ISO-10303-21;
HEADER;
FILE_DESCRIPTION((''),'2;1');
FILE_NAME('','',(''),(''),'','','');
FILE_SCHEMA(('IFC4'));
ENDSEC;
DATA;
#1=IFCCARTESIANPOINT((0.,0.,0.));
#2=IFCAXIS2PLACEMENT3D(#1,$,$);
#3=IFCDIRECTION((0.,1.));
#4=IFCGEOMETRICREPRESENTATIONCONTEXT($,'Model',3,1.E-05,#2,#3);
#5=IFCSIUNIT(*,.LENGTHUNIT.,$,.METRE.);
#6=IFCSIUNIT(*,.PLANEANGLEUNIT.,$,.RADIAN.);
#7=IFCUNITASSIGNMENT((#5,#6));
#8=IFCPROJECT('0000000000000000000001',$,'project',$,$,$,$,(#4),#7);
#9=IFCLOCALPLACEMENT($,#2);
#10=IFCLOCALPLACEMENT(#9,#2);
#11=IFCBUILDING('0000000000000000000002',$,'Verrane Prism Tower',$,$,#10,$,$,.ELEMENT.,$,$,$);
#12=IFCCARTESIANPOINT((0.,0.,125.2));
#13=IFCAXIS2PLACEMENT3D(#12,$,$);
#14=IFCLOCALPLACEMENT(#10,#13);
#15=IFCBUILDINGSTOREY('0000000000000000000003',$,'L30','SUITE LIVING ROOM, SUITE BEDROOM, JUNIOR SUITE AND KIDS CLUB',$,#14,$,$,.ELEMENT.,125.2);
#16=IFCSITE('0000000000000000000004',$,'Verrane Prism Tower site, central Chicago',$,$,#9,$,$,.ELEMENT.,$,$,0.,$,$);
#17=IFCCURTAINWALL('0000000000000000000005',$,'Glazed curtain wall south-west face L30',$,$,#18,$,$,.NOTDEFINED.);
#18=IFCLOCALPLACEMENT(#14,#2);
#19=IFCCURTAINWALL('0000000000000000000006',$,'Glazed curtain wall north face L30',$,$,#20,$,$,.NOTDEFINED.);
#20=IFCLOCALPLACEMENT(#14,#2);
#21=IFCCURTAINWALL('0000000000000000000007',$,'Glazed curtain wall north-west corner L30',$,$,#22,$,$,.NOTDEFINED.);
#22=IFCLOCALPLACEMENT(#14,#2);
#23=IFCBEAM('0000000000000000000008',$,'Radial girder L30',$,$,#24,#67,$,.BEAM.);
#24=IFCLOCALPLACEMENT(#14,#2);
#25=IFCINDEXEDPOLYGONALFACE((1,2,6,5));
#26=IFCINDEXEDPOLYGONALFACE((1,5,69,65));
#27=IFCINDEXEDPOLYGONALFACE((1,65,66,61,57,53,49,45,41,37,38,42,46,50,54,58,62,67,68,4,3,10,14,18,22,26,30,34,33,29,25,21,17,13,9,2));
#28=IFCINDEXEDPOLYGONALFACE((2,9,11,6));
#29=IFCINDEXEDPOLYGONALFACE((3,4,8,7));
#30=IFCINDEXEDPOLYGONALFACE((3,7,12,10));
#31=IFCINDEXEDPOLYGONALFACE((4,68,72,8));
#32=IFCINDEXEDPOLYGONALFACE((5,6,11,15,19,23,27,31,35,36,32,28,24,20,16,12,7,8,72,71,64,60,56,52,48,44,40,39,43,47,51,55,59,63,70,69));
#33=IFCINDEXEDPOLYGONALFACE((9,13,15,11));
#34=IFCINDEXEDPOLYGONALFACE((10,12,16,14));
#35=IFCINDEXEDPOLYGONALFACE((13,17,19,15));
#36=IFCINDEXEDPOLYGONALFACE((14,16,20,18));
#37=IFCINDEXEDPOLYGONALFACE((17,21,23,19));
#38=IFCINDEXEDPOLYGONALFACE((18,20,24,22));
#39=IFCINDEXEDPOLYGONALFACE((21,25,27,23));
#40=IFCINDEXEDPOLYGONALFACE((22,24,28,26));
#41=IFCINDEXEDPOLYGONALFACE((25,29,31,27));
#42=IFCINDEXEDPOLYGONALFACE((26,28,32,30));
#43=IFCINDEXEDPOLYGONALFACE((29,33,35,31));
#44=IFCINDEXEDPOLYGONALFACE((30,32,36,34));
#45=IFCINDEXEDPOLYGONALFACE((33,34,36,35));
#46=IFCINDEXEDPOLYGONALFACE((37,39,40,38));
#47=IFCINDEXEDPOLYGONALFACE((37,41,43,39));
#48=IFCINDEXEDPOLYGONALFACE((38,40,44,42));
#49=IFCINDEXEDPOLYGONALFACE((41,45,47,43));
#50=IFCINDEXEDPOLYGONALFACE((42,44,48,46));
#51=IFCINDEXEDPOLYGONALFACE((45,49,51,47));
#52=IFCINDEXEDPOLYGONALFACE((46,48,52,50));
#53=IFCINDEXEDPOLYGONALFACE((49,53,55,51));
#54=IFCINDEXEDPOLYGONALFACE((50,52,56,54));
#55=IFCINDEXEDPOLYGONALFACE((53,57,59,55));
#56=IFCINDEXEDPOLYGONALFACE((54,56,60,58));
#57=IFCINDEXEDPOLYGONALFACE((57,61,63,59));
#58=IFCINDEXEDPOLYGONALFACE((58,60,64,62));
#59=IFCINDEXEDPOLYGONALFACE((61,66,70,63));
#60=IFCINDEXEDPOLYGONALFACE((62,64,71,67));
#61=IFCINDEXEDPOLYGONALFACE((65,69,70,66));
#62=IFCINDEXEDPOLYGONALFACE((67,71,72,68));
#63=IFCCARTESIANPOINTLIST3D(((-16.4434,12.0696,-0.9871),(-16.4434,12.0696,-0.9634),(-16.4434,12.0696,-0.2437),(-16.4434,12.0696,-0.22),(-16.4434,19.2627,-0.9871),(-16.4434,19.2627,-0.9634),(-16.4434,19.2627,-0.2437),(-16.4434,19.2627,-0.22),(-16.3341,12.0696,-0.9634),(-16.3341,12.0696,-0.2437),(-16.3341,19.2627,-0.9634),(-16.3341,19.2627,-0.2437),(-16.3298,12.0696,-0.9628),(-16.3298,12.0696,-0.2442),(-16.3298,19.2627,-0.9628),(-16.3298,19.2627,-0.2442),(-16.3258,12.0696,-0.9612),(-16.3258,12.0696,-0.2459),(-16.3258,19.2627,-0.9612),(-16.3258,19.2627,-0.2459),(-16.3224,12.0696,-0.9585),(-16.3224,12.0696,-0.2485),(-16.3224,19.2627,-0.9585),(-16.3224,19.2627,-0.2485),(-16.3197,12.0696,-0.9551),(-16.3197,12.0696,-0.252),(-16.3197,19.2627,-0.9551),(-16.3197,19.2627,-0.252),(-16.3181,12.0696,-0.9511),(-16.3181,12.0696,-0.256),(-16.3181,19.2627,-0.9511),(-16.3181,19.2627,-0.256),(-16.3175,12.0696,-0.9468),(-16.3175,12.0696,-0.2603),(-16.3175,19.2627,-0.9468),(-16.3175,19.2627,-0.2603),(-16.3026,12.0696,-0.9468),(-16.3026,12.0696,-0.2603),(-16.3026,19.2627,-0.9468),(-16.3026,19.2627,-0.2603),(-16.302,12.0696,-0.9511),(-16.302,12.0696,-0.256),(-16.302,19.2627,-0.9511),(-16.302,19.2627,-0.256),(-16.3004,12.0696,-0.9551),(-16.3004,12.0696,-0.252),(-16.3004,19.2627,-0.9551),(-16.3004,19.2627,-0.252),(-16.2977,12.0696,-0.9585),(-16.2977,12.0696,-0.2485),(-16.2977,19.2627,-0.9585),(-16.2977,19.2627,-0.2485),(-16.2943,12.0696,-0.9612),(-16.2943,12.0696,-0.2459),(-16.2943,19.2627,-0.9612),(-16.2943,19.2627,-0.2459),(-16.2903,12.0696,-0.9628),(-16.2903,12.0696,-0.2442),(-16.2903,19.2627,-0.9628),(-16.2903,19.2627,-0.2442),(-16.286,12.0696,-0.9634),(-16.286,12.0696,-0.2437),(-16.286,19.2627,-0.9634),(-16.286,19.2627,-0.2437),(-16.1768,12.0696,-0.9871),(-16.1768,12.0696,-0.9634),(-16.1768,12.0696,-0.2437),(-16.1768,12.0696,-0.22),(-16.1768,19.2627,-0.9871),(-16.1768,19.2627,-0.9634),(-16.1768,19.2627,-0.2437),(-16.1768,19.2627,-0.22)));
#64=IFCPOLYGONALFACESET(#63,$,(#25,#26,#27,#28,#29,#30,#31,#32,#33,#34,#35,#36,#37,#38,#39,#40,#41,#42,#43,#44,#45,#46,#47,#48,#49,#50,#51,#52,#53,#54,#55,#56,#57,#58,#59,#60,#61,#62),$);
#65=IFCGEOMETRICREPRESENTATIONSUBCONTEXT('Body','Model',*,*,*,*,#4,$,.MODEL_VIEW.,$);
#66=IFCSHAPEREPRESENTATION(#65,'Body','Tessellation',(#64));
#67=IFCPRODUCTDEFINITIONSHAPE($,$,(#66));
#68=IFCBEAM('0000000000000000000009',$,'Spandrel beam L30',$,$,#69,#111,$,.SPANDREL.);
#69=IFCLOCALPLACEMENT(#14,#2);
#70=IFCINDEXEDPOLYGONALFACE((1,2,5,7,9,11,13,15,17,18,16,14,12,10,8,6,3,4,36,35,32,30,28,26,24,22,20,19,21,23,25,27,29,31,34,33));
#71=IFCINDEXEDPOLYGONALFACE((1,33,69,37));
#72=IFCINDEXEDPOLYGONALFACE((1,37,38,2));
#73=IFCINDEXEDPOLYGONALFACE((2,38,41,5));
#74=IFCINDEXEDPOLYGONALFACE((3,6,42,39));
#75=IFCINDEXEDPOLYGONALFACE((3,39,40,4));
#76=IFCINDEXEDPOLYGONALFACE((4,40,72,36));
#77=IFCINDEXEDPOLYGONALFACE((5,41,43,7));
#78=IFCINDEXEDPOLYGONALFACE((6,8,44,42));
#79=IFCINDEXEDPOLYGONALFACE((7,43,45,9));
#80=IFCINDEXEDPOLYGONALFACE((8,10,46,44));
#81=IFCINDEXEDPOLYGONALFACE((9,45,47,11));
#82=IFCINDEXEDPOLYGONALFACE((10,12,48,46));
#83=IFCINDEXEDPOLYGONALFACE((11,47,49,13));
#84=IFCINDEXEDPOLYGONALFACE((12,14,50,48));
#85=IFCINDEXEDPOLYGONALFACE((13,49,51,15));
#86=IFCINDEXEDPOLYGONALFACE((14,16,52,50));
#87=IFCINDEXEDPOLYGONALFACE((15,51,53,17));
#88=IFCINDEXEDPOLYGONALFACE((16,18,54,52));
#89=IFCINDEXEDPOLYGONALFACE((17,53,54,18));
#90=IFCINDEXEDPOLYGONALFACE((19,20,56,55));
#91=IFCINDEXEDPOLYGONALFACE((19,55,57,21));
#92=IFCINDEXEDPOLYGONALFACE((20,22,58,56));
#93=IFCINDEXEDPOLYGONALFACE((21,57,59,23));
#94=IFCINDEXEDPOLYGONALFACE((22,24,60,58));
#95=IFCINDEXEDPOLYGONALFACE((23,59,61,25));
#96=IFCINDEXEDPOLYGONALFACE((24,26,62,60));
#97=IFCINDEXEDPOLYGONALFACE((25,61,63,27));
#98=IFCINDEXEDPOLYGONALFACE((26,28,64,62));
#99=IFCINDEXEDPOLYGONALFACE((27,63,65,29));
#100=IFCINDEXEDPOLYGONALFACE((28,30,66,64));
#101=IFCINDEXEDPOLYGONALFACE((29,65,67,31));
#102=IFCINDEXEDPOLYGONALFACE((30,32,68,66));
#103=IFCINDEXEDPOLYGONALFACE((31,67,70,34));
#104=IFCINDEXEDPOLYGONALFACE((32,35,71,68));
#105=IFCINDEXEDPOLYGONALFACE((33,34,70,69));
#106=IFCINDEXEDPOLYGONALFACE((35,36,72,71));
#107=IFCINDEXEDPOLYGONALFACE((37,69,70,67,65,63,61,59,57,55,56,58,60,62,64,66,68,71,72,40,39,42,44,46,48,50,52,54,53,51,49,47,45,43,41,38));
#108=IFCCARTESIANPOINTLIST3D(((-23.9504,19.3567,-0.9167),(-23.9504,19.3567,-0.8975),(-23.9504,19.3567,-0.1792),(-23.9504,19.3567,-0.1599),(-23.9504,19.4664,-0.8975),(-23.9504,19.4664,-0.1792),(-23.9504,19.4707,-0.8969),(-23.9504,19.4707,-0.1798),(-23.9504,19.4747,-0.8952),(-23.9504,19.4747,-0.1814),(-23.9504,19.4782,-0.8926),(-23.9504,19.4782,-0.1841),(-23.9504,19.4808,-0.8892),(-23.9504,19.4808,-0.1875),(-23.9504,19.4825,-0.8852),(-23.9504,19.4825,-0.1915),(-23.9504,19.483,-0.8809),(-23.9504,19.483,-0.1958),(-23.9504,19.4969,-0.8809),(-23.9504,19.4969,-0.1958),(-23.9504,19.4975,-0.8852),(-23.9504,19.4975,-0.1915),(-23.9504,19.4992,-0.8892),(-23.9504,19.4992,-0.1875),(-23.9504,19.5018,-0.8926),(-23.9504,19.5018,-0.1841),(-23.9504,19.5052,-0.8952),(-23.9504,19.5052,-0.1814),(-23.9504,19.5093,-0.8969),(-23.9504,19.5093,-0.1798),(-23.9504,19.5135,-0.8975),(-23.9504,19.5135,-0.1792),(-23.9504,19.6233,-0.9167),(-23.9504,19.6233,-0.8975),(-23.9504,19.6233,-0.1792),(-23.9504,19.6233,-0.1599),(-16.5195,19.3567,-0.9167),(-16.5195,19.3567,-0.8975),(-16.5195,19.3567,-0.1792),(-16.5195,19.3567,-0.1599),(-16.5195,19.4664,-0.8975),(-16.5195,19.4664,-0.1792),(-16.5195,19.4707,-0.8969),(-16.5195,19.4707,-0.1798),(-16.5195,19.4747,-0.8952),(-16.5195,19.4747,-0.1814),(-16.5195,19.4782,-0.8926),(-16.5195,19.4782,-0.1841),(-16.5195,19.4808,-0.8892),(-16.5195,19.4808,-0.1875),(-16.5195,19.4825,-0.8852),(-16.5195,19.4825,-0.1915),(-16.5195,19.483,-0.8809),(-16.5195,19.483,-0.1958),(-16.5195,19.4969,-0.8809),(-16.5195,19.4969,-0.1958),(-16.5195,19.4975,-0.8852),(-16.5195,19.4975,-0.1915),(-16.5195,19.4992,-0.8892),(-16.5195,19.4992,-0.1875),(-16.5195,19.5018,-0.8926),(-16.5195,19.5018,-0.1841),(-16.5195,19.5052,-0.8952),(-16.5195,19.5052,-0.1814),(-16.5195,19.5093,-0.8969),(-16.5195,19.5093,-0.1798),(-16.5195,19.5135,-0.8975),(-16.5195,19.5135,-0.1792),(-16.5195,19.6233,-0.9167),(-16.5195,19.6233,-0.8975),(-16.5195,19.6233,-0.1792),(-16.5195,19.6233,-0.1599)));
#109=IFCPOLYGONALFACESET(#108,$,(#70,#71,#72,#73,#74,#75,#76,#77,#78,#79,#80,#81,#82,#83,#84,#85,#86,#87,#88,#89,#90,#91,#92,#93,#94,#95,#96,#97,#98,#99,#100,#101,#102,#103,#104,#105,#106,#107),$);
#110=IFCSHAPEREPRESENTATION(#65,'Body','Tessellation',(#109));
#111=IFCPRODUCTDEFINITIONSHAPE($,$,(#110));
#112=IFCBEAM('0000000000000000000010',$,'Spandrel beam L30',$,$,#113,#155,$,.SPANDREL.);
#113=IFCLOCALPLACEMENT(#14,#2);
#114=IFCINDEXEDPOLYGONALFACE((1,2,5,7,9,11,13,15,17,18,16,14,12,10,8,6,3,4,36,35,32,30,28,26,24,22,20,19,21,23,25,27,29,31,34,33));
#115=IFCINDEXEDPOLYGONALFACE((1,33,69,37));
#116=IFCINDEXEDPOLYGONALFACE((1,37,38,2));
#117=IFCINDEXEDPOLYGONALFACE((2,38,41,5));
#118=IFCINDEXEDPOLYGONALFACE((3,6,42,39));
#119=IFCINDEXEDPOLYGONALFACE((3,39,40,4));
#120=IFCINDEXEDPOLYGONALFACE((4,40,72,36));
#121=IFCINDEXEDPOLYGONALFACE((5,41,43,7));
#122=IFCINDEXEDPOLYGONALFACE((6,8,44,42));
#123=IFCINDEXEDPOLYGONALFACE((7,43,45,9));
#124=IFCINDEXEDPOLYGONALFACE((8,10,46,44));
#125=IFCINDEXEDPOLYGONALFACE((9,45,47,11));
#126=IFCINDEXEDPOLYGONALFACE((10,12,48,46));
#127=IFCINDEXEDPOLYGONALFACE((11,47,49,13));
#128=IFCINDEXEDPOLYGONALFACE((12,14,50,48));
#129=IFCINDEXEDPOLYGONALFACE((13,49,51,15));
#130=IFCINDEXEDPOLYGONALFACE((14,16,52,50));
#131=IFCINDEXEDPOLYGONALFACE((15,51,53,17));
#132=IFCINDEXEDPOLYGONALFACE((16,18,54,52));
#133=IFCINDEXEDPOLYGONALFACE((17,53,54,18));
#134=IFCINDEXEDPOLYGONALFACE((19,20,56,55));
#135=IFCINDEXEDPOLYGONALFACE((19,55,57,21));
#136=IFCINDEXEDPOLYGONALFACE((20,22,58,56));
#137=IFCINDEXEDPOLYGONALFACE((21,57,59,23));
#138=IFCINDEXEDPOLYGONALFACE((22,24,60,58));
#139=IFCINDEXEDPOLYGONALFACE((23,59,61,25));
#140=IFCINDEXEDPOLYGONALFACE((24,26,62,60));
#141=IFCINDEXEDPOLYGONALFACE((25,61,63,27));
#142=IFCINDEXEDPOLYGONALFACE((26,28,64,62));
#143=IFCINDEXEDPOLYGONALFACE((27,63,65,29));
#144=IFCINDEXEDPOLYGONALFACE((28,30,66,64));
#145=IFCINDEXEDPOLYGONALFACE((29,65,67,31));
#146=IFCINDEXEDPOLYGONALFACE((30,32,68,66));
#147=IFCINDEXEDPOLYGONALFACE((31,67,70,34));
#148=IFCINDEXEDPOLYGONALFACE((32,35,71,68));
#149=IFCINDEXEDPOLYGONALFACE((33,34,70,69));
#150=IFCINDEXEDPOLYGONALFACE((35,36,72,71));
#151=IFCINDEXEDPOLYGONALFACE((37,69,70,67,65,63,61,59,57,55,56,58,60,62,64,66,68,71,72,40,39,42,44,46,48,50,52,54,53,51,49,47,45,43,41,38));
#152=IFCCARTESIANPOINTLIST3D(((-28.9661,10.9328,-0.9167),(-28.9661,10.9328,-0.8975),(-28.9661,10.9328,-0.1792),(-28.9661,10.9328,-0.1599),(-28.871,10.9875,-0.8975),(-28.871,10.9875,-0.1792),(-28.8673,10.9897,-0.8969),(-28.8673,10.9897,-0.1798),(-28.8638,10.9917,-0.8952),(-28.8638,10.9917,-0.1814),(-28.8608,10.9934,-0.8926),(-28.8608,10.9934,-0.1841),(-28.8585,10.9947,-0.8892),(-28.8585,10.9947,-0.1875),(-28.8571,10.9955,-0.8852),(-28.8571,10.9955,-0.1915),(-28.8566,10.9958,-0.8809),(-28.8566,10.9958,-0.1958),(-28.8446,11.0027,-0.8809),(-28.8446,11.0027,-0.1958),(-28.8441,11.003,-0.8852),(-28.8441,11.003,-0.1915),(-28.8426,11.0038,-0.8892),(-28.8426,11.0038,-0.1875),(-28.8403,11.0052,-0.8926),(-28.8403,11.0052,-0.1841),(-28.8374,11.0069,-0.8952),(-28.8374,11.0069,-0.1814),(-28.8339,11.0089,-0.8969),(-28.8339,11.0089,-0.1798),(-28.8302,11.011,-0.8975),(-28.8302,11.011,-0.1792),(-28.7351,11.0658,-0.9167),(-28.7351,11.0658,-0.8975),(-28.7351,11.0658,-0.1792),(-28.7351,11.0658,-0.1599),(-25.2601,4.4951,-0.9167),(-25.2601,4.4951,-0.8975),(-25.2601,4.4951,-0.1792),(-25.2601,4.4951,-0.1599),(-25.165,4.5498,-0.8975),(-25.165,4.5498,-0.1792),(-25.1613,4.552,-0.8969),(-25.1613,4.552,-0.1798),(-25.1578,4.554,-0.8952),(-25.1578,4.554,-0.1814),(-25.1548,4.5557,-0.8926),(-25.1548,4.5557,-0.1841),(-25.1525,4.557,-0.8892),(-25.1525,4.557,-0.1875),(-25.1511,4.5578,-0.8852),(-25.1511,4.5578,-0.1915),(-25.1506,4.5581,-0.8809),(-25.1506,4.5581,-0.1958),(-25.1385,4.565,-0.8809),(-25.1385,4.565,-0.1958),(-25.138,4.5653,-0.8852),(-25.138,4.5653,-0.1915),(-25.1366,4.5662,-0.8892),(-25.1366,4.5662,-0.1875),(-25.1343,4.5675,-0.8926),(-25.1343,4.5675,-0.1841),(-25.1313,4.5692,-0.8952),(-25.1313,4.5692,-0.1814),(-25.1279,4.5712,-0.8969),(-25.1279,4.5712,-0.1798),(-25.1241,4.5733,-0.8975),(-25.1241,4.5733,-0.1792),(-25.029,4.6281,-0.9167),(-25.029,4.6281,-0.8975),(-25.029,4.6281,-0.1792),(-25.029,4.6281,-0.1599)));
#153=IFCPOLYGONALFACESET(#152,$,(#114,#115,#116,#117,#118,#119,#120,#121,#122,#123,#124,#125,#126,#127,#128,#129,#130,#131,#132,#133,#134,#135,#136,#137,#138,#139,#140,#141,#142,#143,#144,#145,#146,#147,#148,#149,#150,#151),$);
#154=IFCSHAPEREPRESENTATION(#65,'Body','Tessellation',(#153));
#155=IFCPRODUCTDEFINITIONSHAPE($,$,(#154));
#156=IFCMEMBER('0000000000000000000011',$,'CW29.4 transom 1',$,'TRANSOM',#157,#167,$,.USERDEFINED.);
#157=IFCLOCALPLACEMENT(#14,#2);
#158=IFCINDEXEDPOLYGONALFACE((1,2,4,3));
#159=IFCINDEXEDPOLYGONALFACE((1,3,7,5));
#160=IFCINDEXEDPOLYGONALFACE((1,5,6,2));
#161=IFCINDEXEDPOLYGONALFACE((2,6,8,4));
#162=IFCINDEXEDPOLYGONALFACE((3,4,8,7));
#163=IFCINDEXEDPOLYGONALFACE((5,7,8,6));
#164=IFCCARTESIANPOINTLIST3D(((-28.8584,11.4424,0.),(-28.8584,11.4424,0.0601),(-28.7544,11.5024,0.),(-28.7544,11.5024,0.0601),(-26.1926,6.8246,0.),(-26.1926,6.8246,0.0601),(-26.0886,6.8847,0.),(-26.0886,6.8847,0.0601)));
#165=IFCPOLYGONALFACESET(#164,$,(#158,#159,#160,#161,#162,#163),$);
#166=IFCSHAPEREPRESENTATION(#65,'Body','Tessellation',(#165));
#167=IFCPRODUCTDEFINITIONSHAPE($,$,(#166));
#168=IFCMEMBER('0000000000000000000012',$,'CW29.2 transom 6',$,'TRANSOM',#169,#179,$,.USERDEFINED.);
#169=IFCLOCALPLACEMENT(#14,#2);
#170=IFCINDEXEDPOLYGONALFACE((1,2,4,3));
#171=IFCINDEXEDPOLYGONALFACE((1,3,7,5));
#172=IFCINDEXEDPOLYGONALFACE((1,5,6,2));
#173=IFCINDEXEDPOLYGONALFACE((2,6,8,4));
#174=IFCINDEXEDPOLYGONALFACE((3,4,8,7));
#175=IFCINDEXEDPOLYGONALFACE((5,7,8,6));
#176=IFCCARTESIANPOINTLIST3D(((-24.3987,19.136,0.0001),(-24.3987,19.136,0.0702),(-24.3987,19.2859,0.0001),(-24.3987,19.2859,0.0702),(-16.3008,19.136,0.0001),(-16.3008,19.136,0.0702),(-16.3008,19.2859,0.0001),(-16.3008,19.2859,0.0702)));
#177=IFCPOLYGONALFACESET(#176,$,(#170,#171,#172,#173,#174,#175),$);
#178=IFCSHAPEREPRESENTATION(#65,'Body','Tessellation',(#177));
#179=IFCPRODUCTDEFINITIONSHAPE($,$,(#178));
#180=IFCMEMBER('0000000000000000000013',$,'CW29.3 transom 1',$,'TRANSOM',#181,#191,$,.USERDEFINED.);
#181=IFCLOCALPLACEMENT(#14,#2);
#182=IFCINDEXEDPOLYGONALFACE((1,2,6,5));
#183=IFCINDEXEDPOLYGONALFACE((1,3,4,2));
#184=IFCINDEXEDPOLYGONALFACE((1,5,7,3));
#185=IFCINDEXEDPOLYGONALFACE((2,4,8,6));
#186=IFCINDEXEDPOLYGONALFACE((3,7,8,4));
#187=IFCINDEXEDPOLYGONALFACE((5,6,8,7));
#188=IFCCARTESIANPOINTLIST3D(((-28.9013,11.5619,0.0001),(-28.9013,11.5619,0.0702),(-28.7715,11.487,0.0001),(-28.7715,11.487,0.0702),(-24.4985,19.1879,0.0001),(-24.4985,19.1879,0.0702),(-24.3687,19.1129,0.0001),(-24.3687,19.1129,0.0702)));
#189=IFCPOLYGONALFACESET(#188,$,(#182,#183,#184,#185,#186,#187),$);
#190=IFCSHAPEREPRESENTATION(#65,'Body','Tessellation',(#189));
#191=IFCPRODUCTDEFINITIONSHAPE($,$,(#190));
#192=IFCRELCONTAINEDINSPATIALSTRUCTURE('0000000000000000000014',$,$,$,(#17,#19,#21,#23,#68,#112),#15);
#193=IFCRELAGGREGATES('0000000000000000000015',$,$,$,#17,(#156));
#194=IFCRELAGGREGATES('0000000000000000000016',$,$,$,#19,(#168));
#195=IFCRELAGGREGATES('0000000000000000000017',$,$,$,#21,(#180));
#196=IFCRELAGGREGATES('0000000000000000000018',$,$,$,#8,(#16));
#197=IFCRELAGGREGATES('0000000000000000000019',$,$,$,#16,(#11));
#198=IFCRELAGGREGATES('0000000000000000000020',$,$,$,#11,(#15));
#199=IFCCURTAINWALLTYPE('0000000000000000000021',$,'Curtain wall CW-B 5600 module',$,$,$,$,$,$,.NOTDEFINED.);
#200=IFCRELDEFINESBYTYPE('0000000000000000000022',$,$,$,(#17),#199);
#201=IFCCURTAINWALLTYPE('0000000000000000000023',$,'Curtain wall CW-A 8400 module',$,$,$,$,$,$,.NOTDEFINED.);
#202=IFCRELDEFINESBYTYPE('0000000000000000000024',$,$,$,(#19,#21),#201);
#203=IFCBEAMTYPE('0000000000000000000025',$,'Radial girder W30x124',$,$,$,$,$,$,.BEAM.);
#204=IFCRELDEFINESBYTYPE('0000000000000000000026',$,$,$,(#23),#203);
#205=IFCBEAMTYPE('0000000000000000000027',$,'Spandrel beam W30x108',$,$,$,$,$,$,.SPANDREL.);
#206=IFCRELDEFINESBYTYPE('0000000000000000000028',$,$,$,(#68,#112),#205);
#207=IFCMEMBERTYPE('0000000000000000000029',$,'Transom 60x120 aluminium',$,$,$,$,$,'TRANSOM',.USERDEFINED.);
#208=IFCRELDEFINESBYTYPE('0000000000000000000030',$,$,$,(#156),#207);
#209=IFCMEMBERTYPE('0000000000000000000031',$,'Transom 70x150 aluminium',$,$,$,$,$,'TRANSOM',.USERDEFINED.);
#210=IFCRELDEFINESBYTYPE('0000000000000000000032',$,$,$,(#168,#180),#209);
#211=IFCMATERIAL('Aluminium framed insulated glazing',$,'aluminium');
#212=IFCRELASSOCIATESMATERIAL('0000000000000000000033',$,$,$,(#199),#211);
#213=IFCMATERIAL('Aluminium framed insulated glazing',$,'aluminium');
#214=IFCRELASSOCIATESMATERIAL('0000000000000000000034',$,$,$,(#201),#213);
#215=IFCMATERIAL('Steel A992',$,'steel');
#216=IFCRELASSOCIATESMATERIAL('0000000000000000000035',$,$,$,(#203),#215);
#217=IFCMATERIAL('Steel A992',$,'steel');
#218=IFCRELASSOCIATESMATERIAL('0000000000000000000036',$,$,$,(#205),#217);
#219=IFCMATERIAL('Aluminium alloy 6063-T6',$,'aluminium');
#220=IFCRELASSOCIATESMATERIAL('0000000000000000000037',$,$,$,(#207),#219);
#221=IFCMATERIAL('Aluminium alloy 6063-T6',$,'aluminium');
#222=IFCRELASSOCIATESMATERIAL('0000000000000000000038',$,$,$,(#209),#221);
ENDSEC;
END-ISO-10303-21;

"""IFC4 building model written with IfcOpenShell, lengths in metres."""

from ifc_helpers import new_model, si_unit, direction, frame, origin, origin_2d, place, context, subcontext, project, spatial, rectangle, i_section, extrude, material, material_profile, profile_set, type_object, element, aggregate, save


model = new_model("IFC4")

# Units and contexts
model_context = context("Model", 3, precision=1e-05, world=origin(), true_north=direction((0.0, 1.0)))
body_context = subcontext(model_context, "Body", "Model", "MODEL_VIEW")
ifc_project = project(units=[si_unit("LENGTHUNIT", "METRE"), si_unit("PLANEANGLEUNIT", "RADIAN")], contexts=[model_context])

# Site, building, storey
site_placement = place(None, origin())
site = spatial("IfcSite", under=ifc_project, at=site_placement, Name="Verrane Prism Tower site, central Chicago", CompositionType="ELEMENT", RefElevation=0.0)
building_placement = place(site_placement, origin())
building = spatial("IfcBuilding", under=site, at=building_placement, Name="Verrane Prism Tower", CompositionType="ELEMENT")
storey_placement = place(building_placement, frame((0.0, 0.0, 125.2)))
storey = spatial("IfcBuildingStorey", under=building, at=storey_placement, Name="L30", Description="SUITE LIVING ROOM, SUITE BEDROOM, JUNIOR SUITE AND KIDS CLUB", CompositionType="ELEMENT", Elevation=125.2)

# Curtain walls
ifc_material_1 = material(Name="Aluminium framed insulated glazing", Category="aluminium")
curtain_wall_type_1 = type_object("IfcCurtainWallType", Name="Curtain wall CW-B 5600 module", PredefinedType="NOTDEFINED", material=ifc_material_1)
curtain_wall_1_placement = place(storey_placement, origin())
curtain_wall_1 = element("IfcCurtainWall", 1, at=curtain_wall_1_placement, inside=storey, type_object=curtain_wall_type_1, Name="Glazed curtain wall south-west face L30", PredefinedType="NOTDEFINED")
ifc_material_2 = material(Name="Aluminium framed insulated glazing", Category="aluminium")
curtain_wall_type_2 = type_object("IfcCurtainWallType", Name="Curtain wall CW-A 8400 module", PredefinedType="NOTDEFINED", material=ifc_material_2)
curtain_wall_2_placement = place(storey_placement, origin())
curtain_wall_2 = element("IfcCurtainWall", 2, at=curtain_wall_2_placement, inside=storey, type_object=curtain_wall_type_2, Name="Glazed curtain wall north face L30", PredefinedType="NOTDEFINED")
curtain_wall_3_placement = place(storey_placement, origin())
curtain_wall_3 = element("IfcCurtainWall", 3, at=curtain_wall_3_placement, inside=storey, type_object=curtain_wall_type_2, Name="Glazed curtain wall north-west corner L30", PredefinedType="NOTDEFINED")

# Beams
ifc_material_3 = material(Name="Steel A992", Category="steel")
ifc_material_profile_1 = material_profile(ifc_material_3, i_section(OverallWidth=0.2666, OverallDepth=0.7671, WebThickness=0.0149, FlangeThickness=0.0237, FilletRadius=0.0166, at=origin_2d()), Name="W30x124")
ifc_profile_set_1 = profile_set([ifc_material_profile_1], Name="Steel A992")
beam_type_1 = type_object("IfcBeamType", Name="Radial girder W30x124", PredefinedType="BEAM", material=ifc_profile_set_1)
beam_1_placement = place(storey_placement, frame((-16.3101, 19.2627, -0.6035), z_axis=(0.0, -1.0, 0.0), x_axis=(1.0, 0.0, 0.0)))
element("IfcBeam", 4, at=beam_1_placement, inside=storey, type_object=beam_type_1, Name="Radial girder L30", PredefinedType="BEAM", context=body_context, shape_type="SweptSolid", body=[
    extrude(i_section(OverallWidth=0.2666, OverallDepth=0.7671, WebThickness=0.0149, FlangeThickness=0.0237, FilletRadius=0.0166, at=origin_2d()), origin(), (0.0, 0.0, 1.0), 7.1931),
])
ifc_material_4 = material(Name="Steel A992", Category="steel")
ifc_material_profile_2 = material_profile(ifc_material_4, i_section(OverallWidth=0.2666, OverallDepth=0.7568, WebThickness=0.0139, FlangeThickness=0.0193, FilletRadius=0.0166, at=origin_2d()), Name="W30x108")
ifc_profile_set_2 = profile_set([ifc_material_profile_2], Name="Steel A992")
beam_type_2 = type_object("IfcBeamType", Name="Spandrel beam W30x108", PredefinedType="SPANDREL", material=ifc_profile_set_2)
beam_2_placement = place(storey_placement, frame((-16.5195, 19.49, -0.5383), z_axis=(-1.0, 0.0, 0.0), x_axis=(0.0, -1.0, 0.0)))
element("IfcBeam", 5, at=beam_2_placement, inside=storey, type_object=beam_type_2, Name="Spandrel beam L30", PredefinedType="SPANDREL", context=body_context, shape_type="SweptSolid", body=[
    extrude(i_section(OverallWidth=0.2666, OverallDepth=0.7568, WebThickness=0.0139, FlangeThickness=0.0193, FilletRadius=0.0166, at=origin_2d()), origin(), (0.0, 0.0, 1.0), 7.4309),
])
beam_3_placement = place(storey_placement, frame((-28.8506, 10.9993, -0.5383), z_axis=(0.498911, -0.866653, 0.0), x_axis=(0.866653, 0.498911, 0.0)))
element("IfcBeam", 6, at=beam_3_placement, inside=storey, type_object=beam_type_2, Name="Spandrel beam L30", PredefinedType="SPANDREL", context=body_context, shape_type="SweptSolid", body=[
    extrude(i_section(OverallWidth=0.2666, OverallDepth=0.7568, WebThickness=0.0139, FlangeThickness=0.0193, FilletRadius=0.0166, at=origin_2d()), origin(), (0.0, 0.0, 1.0), 7.4282),
])

# Members
ifc_material_5 = material(Name="Aluminium alloy 6063-T6", Category="aluminium")
ifc_material_profile_3 = material_profile(ifc_material_5, rectangle(XDim=0.1201, YDim=0.0601, at=origin_2d()), Name="Transom 60x120 aluminium")
ifc_profile_set_3 = profile_set([ifc_material_profile_3], Name="Aluminium alloy 6063-T6")
member_type_1 = type_object("IfcMemberType", Name="Transom 60x120 aluminium", ElementType="TRANSOM", PredefinedType="USERDEFINED", material=ifc_profile_set_3)
member_1_placement = place(storey_placement, frame((-28.8064, 11.4724, 0.03), z_axis=(0.499966, -0.866045, 0.0), x_axis=(0.866045, 0.499966, 0.0)))
member_1 = element("IfcMember", 7, at=member_1_placement, type_object=member_type_1, Name="CW29.4 transom 1", ObjectType="TRANSOM", PredefinedType="USERDEFINED", context=body_context, shape_type="SweptSolid", body=[
    extrude(rectangle(XDim=0.1201, YDim=0.0601, at=origin_2d()), origin(), (0.0, 0.0, 1.0), 5.332),
])
aggregate(curtain_wall_1, [member_1])
ifc_material_6 = material(Name="Aluminium alloy 6063-T6", Category="aluminium")
ifc_material_profile_4 = material_profile(ifc_material_6, rectangle(XDim=0.1499, YDim=0.0701, at=origin_2d()), Name="Transom 70x150 aluminium")
ifc_profile_set_4 = profile_set([ifc_material_profile_4], Name="Aluminium alloy 6063-T6")
member_type_2 = type_object("IfcMemberType", Name="Transom 70x150 aluminium", ElementType="TRANSOM", PredefinedType="USERDEFINED", material=ifc_profile_set_4)
member_2_placement = place(storey_placement, frame((-16.3008, 19.2109, 0.0352), z_axis=(-1.0, 0.0, 0.0), x_axis=(0.0, -1.0, 0.0)))
member_2 = element("IfcMember", 8, at=member_2_placement, type_object=member_type_2, Name="CW29.2 transom 6", ObjectType="TRANSOM", PredefinedType="USERDEFINED", context=body_context, shape_type="SweptSolid", body=[
    extrude(rectangle(XDim=0.1499, YDim=0.0701, at=origin_2d()), origin(), (0.0, 0.0, 1.0), 8.0979),
])
member_3_placement = place(storey_placement, frame((-24.4336, 19.1504, 0.0352), z_axis=(-0.499998, -0.866027, 0.0), x_axis=(0.866027, -0.499998, 0.0)))
member_3 = element("IfcMember", 9, at=member_3_placement, type_object=member_type_2, Name="CW29.3 transom 1", ObjectType="TRANSOM", PredefinedType="USERDEFINED", context=body_context, shape_type="SweptSolid", body=[
    extrude(rectangle(XDim=0.1499, YDim=0.0701, at=origin_2d()), origin(), (0.0, 0.0, 1.0), 8.8057),
])

aggregate(curtain_wall_2, [member_2])
aggregate(curtain_wall_3, [member_3])

save(model, "model.ifc")
